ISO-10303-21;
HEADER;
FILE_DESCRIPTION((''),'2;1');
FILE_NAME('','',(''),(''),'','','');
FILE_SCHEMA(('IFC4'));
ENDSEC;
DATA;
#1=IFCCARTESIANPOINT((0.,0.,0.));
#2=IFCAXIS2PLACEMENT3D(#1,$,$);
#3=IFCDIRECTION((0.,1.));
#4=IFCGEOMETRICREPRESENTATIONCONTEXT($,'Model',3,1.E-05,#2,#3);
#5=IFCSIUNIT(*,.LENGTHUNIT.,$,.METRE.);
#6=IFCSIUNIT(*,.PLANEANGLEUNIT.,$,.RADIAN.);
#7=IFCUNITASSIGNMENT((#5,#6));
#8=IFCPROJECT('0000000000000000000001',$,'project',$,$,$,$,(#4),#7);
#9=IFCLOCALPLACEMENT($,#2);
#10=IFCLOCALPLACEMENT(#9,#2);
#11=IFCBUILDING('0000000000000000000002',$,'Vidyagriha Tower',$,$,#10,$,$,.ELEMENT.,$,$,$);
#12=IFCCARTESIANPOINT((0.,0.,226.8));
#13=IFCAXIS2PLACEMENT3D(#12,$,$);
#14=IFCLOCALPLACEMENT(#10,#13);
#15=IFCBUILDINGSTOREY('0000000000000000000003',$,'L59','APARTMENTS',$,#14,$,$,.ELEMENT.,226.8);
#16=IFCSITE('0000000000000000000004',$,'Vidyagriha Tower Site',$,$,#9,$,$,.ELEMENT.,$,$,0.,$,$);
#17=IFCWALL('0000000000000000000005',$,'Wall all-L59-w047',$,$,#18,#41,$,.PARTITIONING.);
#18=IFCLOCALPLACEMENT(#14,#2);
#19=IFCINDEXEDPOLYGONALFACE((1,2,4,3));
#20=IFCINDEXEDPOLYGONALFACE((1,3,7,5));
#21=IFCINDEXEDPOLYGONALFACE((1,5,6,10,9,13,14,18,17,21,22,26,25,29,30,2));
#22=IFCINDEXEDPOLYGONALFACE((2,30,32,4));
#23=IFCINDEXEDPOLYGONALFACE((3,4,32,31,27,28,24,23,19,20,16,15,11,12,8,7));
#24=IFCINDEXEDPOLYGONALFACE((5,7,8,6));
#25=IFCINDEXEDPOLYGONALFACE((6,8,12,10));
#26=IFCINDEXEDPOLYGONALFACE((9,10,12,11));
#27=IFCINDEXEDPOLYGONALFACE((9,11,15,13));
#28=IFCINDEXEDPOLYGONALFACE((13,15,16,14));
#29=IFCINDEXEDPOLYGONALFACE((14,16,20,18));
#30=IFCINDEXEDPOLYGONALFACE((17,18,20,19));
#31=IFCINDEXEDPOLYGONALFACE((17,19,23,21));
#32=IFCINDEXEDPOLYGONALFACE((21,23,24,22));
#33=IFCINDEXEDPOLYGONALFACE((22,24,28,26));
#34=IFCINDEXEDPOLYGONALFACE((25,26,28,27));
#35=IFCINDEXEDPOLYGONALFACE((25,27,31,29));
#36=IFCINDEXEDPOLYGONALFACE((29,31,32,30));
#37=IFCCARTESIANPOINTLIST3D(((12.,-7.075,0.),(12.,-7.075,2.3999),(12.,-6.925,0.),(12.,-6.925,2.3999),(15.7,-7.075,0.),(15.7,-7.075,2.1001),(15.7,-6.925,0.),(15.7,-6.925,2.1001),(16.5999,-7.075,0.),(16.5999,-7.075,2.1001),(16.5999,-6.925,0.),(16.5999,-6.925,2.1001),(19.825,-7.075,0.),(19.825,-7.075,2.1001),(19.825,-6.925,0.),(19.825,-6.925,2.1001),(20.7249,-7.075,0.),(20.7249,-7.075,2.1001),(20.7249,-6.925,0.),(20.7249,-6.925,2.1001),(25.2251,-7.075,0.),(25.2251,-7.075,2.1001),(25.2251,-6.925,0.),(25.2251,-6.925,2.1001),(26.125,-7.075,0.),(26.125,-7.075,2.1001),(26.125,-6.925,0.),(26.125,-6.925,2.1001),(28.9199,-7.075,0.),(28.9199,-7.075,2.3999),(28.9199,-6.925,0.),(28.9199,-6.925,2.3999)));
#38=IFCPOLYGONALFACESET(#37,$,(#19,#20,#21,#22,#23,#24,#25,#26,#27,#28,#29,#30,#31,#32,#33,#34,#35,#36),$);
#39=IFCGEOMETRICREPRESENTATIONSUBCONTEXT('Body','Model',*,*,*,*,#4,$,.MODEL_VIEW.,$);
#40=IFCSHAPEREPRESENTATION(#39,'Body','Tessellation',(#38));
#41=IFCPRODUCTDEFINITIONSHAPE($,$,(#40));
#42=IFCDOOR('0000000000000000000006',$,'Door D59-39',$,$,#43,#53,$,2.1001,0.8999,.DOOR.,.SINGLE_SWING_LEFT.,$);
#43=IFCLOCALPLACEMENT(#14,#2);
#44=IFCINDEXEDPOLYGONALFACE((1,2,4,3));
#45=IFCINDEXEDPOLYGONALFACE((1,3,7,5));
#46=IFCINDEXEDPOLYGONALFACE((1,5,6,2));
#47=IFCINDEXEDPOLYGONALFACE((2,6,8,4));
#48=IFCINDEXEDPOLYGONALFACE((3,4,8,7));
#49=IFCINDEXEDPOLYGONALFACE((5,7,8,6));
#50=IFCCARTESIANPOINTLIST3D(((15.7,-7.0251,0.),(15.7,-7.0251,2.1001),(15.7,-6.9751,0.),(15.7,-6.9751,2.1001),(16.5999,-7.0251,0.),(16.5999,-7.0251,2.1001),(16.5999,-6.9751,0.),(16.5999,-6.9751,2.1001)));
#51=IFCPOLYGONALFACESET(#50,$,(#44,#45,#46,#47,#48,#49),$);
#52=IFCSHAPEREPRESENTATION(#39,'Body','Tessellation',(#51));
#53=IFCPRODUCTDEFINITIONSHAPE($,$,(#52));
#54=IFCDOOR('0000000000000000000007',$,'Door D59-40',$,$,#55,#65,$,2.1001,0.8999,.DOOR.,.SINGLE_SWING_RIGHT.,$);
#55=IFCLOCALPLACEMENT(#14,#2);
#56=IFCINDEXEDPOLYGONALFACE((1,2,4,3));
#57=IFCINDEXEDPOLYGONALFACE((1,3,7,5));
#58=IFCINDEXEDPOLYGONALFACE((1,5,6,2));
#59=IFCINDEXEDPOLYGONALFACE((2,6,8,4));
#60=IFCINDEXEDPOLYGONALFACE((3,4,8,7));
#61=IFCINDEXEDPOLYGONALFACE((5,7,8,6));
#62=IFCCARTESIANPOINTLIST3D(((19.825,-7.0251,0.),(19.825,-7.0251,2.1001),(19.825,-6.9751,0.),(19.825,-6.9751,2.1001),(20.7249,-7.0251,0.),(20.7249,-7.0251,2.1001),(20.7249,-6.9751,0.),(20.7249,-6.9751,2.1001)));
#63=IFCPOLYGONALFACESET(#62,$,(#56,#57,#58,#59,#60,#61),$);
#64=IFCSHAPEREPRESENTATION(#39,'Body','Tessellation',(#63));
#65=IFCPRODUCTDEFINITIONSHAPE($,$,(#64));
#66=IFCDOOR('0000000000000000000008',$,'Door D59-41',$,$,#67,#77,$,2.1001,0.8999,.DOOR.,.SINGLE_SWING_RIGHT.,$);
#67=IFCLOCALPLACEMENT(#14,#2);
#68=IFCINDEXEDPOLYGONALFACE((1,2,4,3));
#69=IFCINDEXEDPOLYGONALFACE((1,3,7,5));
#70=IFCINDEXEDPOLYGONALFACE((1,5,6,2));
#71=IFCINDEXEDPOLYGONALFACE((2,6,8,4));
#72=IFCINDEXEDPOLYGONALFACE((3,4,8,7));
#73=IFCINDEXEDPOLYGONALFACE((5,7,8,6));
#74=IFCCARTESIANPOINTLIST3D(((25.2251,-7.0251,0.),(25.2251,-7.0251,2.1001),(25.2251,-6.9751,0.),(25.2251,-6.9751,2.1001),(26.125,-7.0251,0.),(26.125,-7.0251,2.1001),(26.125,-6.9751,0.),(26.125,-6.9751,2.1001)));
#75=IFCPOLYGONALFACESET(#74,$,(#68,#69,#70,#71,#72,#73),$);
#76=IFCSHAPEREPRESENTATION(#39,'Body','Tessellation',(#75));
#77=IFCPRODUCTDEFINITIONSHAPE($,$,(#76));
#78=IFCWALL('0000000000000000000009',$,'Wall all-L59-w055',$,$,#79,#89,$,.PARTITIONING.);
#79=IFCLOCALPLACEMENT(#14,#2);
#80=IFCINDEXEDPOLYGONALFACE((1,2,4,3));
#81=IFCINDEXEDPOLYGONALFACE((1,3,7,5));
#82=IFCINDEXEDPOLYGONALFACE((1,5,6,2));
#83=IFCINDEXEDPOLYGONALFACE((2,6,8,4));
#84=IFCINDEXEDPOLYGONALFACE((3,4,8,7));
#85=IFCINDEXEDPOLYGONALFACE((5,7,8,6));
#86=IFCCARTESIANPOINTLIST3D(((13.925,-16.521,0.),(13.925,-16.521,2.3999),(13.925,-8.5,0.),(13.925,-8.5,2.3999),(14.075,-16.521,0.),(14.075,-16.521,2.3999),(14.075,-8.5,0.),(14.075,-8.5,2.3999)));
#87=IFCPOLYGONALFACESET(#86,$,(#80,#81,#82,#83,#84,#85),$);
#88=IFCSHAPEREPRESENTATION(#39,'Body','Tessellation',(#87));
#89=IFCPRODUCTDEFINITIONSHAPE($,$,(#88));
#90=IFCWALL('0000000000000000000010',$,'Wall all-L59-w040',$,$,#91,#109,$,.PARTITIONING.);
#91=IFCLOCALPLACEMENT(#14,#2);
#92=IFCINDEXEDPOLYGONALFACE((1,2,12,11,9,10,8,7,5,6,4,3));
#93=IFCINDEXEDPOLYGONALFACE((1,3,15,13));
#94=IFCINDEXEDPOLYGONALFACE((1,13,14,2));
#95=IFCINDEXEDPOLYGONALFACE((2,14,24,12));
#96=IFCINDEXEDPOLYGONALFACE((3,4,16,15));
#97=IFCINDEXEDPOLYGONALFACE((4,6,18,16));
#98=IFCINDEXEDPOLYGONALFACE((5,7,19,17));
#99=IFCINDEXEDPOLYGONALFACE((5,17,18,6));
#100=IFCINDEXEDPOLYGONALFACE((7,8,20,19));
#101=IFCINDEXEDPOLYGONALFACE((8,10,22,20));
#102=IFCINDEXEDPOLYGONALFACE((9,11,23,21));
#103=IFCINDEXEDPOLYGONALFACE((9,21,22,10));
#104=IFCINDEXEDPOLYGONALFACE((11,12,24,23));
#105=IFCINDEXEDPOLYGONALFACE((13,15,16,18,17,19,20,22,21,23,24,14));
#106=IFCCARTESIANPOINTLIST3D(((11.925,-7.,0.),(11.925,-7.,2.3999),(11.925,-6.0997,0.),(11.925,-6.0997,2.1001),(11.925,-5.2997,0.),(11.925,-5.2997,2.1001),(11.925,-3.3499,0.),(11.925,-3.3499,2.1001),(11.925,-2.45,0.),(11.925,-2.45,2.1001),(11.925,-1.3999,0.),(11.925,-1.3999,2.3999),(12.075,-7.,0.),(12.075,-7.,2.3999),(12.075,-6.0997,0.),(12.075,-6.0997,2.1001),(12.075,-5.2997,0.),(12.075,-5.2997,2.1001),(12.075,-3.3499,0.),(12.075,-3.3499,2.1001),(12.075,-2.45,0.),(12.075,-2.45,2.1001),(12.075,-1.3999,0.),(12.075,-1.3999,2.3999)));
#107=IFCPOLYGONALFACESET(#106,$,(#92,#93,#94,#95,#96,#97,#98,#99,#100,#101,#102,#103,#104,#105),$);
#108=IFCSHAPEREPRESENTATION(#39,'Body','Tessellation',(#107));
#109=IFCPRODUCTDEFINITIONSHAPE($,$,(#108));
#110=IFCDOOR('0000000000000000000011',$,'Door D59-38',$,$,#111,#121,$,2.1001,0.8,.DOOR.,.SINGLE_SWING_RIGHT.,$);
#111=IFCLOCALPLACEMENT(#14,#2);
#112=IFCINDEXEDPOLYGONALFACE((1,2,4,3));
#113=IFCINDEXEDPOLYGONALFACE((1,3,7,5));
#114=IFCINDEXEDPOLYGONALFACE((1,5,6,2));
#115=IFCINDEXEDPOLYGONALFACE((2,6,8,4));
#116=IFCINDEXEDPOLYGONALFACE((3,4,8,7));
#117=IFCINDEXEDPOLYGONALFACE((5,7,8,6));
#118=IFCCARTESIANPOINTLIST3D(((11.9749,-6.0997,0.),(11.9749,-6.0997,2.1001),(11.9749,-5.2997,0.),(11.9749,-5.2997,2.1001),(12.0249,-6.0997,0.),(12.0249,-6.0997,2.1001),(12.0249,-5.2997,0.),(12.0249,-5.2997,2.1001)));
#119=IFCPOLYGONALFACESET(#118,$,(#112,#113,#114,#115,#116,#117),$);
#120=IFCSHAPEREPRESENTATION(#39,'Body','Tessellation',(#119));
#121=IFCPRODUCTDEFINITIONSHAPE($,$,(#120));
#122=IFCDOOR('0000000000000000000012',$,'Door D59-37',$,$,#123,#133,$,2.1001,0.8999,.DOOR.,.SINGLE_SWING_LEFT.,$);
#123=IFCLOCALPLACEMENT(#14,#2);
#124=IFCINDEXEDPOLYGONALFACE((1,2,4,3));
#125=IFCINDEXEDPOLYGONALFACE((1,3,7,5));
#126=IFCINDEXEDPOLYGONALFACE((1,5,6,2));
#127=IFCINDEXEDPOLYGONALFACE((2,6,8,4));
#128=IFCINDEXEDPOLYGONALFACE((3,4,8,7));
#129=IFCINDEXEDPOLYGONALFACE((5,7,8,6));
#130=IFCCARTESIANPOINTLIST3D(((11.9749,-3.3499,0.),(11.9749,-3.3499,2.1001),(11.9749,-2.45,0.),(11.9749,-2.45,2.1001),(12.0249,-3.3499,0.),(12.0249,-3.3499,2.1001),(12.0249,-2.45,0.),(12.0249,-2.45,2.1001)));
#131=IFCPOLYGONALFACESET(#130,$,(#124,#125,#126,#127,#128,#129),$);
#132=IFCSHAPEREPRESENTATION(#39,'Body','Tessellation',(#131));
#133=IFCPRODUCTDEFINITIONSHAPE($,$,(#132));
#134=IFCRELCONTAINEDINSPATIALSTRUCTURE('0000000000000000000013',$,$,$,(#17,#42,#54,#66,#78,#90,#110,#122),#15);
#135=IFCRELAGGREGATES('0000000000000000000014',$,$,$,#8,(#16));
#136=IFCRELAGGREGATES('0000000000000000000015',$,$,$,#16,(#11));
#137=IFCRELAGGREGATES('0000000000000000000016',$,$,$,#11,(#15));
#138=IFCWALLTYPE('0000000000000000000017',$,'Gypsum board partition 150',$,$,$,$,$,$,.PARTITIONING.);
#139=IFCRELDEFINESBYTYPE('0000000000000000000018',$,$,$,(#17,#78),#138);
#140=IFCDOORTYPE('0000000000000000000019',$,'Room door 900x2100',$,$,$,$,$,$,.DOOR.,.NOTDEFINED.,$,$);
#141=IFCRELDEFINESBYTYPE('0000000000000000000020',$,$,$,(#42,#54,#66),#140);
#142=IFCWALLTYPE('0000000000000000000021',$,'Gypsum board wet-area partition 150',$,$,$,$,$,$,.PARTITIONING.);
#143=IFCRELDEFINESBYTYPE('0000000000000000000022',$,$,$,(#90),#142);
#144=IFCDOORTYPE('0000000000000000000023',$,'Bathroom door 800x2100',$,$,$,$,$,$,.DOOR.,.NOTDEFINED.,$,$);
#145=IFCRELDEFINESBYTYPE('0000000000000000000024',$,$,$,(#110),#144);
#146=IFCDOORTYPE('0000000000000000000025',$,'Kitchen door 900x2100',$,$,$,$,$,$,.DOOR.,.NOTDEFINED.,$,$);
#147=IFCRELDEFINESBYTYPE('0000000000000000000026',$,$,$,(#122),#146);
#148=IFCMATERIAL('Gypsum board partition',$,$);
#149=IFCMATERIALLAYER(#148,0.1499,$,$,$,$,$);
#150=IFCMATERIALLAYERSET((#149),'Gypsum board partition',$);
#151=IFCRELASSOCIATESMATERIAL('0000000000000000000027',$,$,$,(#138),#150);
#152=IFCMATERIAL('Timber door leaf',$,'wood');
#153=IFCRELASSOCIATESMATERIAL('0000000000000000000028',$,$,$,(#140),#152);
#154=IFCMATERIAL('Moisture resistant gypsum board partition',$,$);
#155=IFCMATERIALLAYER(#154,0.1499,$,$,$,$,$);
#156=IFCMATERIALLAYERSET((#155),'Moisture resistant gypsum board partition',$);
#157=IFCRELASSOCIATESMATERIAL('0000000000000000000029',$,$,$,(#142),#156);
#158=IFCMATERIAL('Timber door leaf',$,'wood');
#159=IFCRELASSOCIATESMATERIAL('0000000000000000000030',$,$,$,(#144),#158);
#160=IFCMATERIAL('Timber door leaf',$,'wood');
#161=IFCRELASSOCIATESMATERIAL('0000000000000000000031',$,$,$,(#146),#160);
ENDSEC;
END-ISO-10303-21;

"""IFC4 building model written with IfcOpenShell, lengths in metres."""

from ifc_helpers import new_model, si_unit, direction, frame, frame_2d, origin, place, context, subcontext, project, spatial, rectangle, extrude, material, layer, layer_set, type_object, element, fill, save


model = new_model("IFC4")

# Units and contexts
model_context = context("Model", 3, precision=1e-05, world=origin(), true_north=direction((0.0, 1.0)))
body_context = subcontext(model_context, "Body", "Model", "MODEL_VIEW")
ifc_project = project(units=[si_unit("LENGTHUNIT", "METRE"), si_unit("PLANEANGLEUNIT", "RADIAN")], contexts=[model_context])

# Site, building, storey
site_placement = place(None, origin())
site = spatial("IfcSite", under=ifc_project, at=site_placement, Name="Vidyagriha Tower Site", CompositionType="ELEMENT", RefElevation=0.0)
building_placement = place(site_placement, origin())
building = spatial("IfcBuilding", under=site, at=building_placement, Name="Vidyagriha Tower", CompositionType="ELEMENT")
storey_placement = place(building_placement, frame((0.0, 0.0, 226.8)))
storey = spatial("IfcBuildingStorey", under=building, at=storey_placement, Name="L59", Description="APARTMENTS", CompositionType="ELEMENT", Elevation=226.8)

# Shared definitions
ifc_material_1 = material(Name="Gypsum board partition")
ifc_layer_1 = layer(ifc_material_1, 0.1499)
ifc_layer_set_1 = layer_set([ifc_layer_1], Name="Gypsum board partition")
wall_type_1 = type_object("IfcWallType", Name="Gypsum board partition 150", PredefinedType="PARTITIONING", material=ifc_layer_set_1)
ifc_material_2 = material(Name="Timber door leaf", Category="wood")
door_type_1 = type_object("IfcDoorType", Name="Room door 900x2100", OperationType="NOTDEFINED", PredefinedType="DOOR", material=ifc_material_2)

# Wall, openings, doors
wall_1_placement = place(storey_placement, frame((12.0, -7.0, 0.0)))
wall_1 = element("IfcWall", 1, at=wall_1_placement, inside=storey, type_object=wall_type_1, Name="Wall all-L59-w047", PredefinedType="PARTITIONING", context=body_context, shape_type="SweptSolid", body=[
    extrude(rectangle(XDim=16.9199, YDim=0.1499, at=frame_2d((8.46, 0.0))), origin(), (0.0, 0.0, 1.0), 2.3999),
])
opening_1_placement = place(wall_1_placement, frame((3.7, 0.0, 0.0)))
opening_1 = element("IfcOpeningElement", 2, at=opening_1_placement, cuts=wall_1, PredefinedType="OPENING", context=body_context, shape_type="SweptSolid", body=[
    extrude(rectangle(XDim=0.8999, YDim=2.1001, at=frame_2d((0.45, 1.05))), frame((0.0, 0.085, 0.0), z_axis=(0.0, -1.0, 0.0), x_axis=(1.0, 0.0, 0.0)), (0.0, 0.0, 1.0), 0.1699),
])
opening_2_placement = place(wall_1_placement, frame((7.825, 0.0, 0.0)))
opening_2 = element("IfcOpeningElement", 3, at=opening_2_placement, cuts=wall_1, PredefinedType="OPENING", context=body_context, shape_type="SweptSolid", body=[
    extrude(rectangle(XDim=0.8999, YDim=2.1001, at=frame_2d((0.45, 1.05))), frame((0.0, 0.085, 0.0), z_axis=(0.0, -1.0, 0.0), x_axis=(1.0, 0.0, 0.0)), (0.0, 0.0, 1.0), 0.1699),
])
opening_3_placement = place(wall_1_placement, frame((13.2251, 0.0, 0.0)))
opening_3 = element("IfcOpeningElement", 4, at=opening_3_placement, cuts=wall_1, PredefinedType="OPENING", context=body_context, shape_type="SweptSolid", body=[
    extrude(rectangle(XDim=0.8999, YDim=2.1001, at=frame_2d((0.45, 1.05))), frame((0.0, 0.085, 0.0), z_axis=(0.0, -1.0, 0.0), x_axis=(1.0, 0.0, 0.0)), (0.0, 0.0, 1.0), 0.1699),
])
door_1_placement = place(opening_1_placement, origin())
door_1 = element("IfcDoor", 5, at=door_1_placement, inside=storey, type_object=door_type_1, Name="Door D59-39", OperationType="SINGLE_SWING_LEFT", OverallHeight=2.1001, OverallWidth=0.8999, PredefinedType="DOOR", context=body_context, shape_type="SweptSolid", body=[
    extrude(rectangle(XDim=0.8999, YDim=2.1001, at=frame_2d((0.45, 1.05))), frame((0.0, 0.0249, 0.0), z_axis=(0.0, -1.0, 0.0), x_axis=(1.0, 0.0, 0.0)), (0.0, 0.0, 1.0), 0.05),
])
fill(opening_1, door_1)
door_2_placement = place(opening_2_placement, origin())
door_2 = element("IfcDoor", 6, at=door_2_placement, inside=storey, type_object=door_type_1, Name="Door D59-40", OperationType="SINGLE_SWING_RIGHT", OverallHeight=2.1001, OverallWidth=0.8999, PredefinedType="DOOR", context=body_context, shape_type="SweptSolid", body=[
    extrude(rectangle(XDim=0.8999, YDim=2.1001, at=frame_2d((0.45, 1.05))), frame((0.0, 0.0249, 0.0), z_axis=(0.0, -1.0, 0.0), x_axis=(1.0, 0.0, 0.0)), (0.0, 0.0, 1.0), 0.05),
])
fill(opening_2, door_2)
door_3_placement = place(opening_3_placement, origin())
door_3 = element("IfcDoor", 7, at=door_3_placement, inside=storey, type_object=door_type_1, Name="Door D59-41", OperationType="SINGLE_SWING_RIGHT", OverallHeight=2.1001, OverallWidth=0.8999, PredefinedType="DOOR", context=body_context, shape_type="SweptSolid", body=[
    extrude(rectangle(XDim=0.8999, YDim=2.1001, at=frame_2d((0.45, 1.05))), frame((0.0, 0.0249, 0.0), z_axis=(0.0, -1.0, 0.0), x_axis=(1.0, 0.0, 0.0)), (0.0, 0.0, 1.0), 0.05),
])
fill(opening_3, door_3)

# Wall
wall_2_placement = place(storey_placement, frame((14.0, -8.5, 0.0), z_axis=(0.0, 0.0, 1.0), x_axis=(0.0, -1.0, 0.0)))
element("IfcWall", 8, at=wall_2_placement, inside=storey, type_object=wall_type_1, Name="Wall all-L59-w055", PredefinedType="PARTITIONING", context=body_context, shape_type="SweptSolid", body=[
    extrude(rectangle(XDim=8.021, YDim=0.1499, at=frame_2d((4.0105, 0.0))), origin(), (0.0, 0.0, 1.0), 2.3999),
])

# Wall, openings, doors
ifc_material_3 = material(Name="Moisture resistant gypsum board partition")
ifc_layer_2 = layer(ifc_material_3, 0.1499)
ifc_layer_set_2 = layer_set([ifc_layer_2], Name="Moisture resistant gypsum board partition")
wall_type_2 = type_object("IfcWallType", Name="Gypsum board wet-area partition 150", PredefinedType="PARTITIONING", material=ifc_layer_set_2)
wall_3_placement = place(storey_placement, frame((12.0, -1.3999, 0.0), z_axis=(0.0, 0.0, 1.0), x_axis=(0.0, -1.0, 0.0)))
wall_3 = element("IfcWall", 9, at=wall_3_placement, inside=storey, type_object=wall_type_2, Name="Wall all-L59-w040", PredefinedType="PARTITIONING", context=body_context, shape_type="SweptSolid", body=[
    extrude(rectangle(XDim=5.6001, YDim=0.1499, at=frame_2d((2.8, 0.0))), origin(), (0.0, 0.0, 1.0), 2.3999),
])
opening_4_placement = place(wall_3_placement, frame((1.05, 0.0, 0.0)))
opening_4 = element("IfcOpeningElement", 10, at=opening_4_placement, cuts=wall_3, PredefinedType="OPENING", context=body_context, shape_type="SweptSolid", body=[
    extrude(rectangle(XDim=0.8999, YDim=2.1001, at=frame_2d((0.45, 1.05))), frame((0.0, 0.085, 0.0), z_axis=(0.0, -1.0, 0.0), x_axis=(1.0, 0.0, 0.0)), (0.0, 0.0, 1.0), 0.1699),
])
opening_5_placement = place(wall_3_placement, frame((3.8999, 0.0, 0.0)))
opening_5 = element("IfcOpeningElement", 11, at=opening_5_placement, cuts=wall_3, PredefinedType="OPENING", context=body_context, shape_type="SweptSolid", body=[
    extrude(rectangle(XDim=0.8, YDim=2.1001, at=frame_2d((0.3999, 1.05))), frame((0.0, 0.085, 0.0), z_axis=(0.0, -1.0, 0.0), x_axis=(1.0, 0.0, 0.0)), (0.0, 0.0, 1.0), 0.1699),
])
ifc_material_4 = material(Name="Timber door leaf", Category="wood")
door_type_2 = type_object("IfcDoorType", Name="Bathroom door 800x2100", OperationType="NOTDEFINED", PredefinedType="DOOR", material=ifc_material_4)
door_4_placement = place(opening_5_placement, origin())
door_4 = element("IfcDoor", 12, at=door_4_placement, inside=storey, type_object=door_type_2, Name="Door D59-38", OperationType="SINGLE_SWING_RIGHT", OverallHeight=2.1001, OverallWidth=0.8, PredefinedType="DOOR", context=body_context, shape_type="SweptSolid", body=[
    extrude(rectangle(XDim=0.8, YDim=2.1001, at=frame_2d((0.3999, 1.05))), frame((0.0, 0.0249, 0.0), z_axis=(0.0, -1.0, 0.0), x_axis=(1.0, 0.0, 0.0)), (0.0, 0.0, 1.0), 0.05),
])
fill(opening_5, door_4)
ifc_material_5 = material(Name="Timber door leaf", Category="wood")
door_type_3 = type_object("IfcDoorType", Name="Kitchen door 900x2100", OperationType="NOTDEFINED", PredefinedType="DOOR", material=ifc_material_5)
door_5_placement = place(opening_4_placement, origin())
door_5 = element("IfcDoor", 13, at=door_5_placement, inside=storey, type_object=door_type_3, Name="Door D59-37", OperationType="SINGLE_SWING_LEFT", OverallHeight=2.1001, OverallWidth=0.8999, PredefinedType="DOOR", context=body_context, shape_type="SweptSolid", body=[
    extrude(rectangle(XDim=0.8999, YDim=2.1001, at=frame_2d((0.45, 1.05))), frame((0.0, 0.0249, 0.0), z_axis=(0.0, -1.0, 0.0), x_axis=(1.0, 0.0, 0.0)), (0.0, 0.0, 1.0), 0.05),
])
fill(opening_4, door_5)

save(model, "model.ifc")
